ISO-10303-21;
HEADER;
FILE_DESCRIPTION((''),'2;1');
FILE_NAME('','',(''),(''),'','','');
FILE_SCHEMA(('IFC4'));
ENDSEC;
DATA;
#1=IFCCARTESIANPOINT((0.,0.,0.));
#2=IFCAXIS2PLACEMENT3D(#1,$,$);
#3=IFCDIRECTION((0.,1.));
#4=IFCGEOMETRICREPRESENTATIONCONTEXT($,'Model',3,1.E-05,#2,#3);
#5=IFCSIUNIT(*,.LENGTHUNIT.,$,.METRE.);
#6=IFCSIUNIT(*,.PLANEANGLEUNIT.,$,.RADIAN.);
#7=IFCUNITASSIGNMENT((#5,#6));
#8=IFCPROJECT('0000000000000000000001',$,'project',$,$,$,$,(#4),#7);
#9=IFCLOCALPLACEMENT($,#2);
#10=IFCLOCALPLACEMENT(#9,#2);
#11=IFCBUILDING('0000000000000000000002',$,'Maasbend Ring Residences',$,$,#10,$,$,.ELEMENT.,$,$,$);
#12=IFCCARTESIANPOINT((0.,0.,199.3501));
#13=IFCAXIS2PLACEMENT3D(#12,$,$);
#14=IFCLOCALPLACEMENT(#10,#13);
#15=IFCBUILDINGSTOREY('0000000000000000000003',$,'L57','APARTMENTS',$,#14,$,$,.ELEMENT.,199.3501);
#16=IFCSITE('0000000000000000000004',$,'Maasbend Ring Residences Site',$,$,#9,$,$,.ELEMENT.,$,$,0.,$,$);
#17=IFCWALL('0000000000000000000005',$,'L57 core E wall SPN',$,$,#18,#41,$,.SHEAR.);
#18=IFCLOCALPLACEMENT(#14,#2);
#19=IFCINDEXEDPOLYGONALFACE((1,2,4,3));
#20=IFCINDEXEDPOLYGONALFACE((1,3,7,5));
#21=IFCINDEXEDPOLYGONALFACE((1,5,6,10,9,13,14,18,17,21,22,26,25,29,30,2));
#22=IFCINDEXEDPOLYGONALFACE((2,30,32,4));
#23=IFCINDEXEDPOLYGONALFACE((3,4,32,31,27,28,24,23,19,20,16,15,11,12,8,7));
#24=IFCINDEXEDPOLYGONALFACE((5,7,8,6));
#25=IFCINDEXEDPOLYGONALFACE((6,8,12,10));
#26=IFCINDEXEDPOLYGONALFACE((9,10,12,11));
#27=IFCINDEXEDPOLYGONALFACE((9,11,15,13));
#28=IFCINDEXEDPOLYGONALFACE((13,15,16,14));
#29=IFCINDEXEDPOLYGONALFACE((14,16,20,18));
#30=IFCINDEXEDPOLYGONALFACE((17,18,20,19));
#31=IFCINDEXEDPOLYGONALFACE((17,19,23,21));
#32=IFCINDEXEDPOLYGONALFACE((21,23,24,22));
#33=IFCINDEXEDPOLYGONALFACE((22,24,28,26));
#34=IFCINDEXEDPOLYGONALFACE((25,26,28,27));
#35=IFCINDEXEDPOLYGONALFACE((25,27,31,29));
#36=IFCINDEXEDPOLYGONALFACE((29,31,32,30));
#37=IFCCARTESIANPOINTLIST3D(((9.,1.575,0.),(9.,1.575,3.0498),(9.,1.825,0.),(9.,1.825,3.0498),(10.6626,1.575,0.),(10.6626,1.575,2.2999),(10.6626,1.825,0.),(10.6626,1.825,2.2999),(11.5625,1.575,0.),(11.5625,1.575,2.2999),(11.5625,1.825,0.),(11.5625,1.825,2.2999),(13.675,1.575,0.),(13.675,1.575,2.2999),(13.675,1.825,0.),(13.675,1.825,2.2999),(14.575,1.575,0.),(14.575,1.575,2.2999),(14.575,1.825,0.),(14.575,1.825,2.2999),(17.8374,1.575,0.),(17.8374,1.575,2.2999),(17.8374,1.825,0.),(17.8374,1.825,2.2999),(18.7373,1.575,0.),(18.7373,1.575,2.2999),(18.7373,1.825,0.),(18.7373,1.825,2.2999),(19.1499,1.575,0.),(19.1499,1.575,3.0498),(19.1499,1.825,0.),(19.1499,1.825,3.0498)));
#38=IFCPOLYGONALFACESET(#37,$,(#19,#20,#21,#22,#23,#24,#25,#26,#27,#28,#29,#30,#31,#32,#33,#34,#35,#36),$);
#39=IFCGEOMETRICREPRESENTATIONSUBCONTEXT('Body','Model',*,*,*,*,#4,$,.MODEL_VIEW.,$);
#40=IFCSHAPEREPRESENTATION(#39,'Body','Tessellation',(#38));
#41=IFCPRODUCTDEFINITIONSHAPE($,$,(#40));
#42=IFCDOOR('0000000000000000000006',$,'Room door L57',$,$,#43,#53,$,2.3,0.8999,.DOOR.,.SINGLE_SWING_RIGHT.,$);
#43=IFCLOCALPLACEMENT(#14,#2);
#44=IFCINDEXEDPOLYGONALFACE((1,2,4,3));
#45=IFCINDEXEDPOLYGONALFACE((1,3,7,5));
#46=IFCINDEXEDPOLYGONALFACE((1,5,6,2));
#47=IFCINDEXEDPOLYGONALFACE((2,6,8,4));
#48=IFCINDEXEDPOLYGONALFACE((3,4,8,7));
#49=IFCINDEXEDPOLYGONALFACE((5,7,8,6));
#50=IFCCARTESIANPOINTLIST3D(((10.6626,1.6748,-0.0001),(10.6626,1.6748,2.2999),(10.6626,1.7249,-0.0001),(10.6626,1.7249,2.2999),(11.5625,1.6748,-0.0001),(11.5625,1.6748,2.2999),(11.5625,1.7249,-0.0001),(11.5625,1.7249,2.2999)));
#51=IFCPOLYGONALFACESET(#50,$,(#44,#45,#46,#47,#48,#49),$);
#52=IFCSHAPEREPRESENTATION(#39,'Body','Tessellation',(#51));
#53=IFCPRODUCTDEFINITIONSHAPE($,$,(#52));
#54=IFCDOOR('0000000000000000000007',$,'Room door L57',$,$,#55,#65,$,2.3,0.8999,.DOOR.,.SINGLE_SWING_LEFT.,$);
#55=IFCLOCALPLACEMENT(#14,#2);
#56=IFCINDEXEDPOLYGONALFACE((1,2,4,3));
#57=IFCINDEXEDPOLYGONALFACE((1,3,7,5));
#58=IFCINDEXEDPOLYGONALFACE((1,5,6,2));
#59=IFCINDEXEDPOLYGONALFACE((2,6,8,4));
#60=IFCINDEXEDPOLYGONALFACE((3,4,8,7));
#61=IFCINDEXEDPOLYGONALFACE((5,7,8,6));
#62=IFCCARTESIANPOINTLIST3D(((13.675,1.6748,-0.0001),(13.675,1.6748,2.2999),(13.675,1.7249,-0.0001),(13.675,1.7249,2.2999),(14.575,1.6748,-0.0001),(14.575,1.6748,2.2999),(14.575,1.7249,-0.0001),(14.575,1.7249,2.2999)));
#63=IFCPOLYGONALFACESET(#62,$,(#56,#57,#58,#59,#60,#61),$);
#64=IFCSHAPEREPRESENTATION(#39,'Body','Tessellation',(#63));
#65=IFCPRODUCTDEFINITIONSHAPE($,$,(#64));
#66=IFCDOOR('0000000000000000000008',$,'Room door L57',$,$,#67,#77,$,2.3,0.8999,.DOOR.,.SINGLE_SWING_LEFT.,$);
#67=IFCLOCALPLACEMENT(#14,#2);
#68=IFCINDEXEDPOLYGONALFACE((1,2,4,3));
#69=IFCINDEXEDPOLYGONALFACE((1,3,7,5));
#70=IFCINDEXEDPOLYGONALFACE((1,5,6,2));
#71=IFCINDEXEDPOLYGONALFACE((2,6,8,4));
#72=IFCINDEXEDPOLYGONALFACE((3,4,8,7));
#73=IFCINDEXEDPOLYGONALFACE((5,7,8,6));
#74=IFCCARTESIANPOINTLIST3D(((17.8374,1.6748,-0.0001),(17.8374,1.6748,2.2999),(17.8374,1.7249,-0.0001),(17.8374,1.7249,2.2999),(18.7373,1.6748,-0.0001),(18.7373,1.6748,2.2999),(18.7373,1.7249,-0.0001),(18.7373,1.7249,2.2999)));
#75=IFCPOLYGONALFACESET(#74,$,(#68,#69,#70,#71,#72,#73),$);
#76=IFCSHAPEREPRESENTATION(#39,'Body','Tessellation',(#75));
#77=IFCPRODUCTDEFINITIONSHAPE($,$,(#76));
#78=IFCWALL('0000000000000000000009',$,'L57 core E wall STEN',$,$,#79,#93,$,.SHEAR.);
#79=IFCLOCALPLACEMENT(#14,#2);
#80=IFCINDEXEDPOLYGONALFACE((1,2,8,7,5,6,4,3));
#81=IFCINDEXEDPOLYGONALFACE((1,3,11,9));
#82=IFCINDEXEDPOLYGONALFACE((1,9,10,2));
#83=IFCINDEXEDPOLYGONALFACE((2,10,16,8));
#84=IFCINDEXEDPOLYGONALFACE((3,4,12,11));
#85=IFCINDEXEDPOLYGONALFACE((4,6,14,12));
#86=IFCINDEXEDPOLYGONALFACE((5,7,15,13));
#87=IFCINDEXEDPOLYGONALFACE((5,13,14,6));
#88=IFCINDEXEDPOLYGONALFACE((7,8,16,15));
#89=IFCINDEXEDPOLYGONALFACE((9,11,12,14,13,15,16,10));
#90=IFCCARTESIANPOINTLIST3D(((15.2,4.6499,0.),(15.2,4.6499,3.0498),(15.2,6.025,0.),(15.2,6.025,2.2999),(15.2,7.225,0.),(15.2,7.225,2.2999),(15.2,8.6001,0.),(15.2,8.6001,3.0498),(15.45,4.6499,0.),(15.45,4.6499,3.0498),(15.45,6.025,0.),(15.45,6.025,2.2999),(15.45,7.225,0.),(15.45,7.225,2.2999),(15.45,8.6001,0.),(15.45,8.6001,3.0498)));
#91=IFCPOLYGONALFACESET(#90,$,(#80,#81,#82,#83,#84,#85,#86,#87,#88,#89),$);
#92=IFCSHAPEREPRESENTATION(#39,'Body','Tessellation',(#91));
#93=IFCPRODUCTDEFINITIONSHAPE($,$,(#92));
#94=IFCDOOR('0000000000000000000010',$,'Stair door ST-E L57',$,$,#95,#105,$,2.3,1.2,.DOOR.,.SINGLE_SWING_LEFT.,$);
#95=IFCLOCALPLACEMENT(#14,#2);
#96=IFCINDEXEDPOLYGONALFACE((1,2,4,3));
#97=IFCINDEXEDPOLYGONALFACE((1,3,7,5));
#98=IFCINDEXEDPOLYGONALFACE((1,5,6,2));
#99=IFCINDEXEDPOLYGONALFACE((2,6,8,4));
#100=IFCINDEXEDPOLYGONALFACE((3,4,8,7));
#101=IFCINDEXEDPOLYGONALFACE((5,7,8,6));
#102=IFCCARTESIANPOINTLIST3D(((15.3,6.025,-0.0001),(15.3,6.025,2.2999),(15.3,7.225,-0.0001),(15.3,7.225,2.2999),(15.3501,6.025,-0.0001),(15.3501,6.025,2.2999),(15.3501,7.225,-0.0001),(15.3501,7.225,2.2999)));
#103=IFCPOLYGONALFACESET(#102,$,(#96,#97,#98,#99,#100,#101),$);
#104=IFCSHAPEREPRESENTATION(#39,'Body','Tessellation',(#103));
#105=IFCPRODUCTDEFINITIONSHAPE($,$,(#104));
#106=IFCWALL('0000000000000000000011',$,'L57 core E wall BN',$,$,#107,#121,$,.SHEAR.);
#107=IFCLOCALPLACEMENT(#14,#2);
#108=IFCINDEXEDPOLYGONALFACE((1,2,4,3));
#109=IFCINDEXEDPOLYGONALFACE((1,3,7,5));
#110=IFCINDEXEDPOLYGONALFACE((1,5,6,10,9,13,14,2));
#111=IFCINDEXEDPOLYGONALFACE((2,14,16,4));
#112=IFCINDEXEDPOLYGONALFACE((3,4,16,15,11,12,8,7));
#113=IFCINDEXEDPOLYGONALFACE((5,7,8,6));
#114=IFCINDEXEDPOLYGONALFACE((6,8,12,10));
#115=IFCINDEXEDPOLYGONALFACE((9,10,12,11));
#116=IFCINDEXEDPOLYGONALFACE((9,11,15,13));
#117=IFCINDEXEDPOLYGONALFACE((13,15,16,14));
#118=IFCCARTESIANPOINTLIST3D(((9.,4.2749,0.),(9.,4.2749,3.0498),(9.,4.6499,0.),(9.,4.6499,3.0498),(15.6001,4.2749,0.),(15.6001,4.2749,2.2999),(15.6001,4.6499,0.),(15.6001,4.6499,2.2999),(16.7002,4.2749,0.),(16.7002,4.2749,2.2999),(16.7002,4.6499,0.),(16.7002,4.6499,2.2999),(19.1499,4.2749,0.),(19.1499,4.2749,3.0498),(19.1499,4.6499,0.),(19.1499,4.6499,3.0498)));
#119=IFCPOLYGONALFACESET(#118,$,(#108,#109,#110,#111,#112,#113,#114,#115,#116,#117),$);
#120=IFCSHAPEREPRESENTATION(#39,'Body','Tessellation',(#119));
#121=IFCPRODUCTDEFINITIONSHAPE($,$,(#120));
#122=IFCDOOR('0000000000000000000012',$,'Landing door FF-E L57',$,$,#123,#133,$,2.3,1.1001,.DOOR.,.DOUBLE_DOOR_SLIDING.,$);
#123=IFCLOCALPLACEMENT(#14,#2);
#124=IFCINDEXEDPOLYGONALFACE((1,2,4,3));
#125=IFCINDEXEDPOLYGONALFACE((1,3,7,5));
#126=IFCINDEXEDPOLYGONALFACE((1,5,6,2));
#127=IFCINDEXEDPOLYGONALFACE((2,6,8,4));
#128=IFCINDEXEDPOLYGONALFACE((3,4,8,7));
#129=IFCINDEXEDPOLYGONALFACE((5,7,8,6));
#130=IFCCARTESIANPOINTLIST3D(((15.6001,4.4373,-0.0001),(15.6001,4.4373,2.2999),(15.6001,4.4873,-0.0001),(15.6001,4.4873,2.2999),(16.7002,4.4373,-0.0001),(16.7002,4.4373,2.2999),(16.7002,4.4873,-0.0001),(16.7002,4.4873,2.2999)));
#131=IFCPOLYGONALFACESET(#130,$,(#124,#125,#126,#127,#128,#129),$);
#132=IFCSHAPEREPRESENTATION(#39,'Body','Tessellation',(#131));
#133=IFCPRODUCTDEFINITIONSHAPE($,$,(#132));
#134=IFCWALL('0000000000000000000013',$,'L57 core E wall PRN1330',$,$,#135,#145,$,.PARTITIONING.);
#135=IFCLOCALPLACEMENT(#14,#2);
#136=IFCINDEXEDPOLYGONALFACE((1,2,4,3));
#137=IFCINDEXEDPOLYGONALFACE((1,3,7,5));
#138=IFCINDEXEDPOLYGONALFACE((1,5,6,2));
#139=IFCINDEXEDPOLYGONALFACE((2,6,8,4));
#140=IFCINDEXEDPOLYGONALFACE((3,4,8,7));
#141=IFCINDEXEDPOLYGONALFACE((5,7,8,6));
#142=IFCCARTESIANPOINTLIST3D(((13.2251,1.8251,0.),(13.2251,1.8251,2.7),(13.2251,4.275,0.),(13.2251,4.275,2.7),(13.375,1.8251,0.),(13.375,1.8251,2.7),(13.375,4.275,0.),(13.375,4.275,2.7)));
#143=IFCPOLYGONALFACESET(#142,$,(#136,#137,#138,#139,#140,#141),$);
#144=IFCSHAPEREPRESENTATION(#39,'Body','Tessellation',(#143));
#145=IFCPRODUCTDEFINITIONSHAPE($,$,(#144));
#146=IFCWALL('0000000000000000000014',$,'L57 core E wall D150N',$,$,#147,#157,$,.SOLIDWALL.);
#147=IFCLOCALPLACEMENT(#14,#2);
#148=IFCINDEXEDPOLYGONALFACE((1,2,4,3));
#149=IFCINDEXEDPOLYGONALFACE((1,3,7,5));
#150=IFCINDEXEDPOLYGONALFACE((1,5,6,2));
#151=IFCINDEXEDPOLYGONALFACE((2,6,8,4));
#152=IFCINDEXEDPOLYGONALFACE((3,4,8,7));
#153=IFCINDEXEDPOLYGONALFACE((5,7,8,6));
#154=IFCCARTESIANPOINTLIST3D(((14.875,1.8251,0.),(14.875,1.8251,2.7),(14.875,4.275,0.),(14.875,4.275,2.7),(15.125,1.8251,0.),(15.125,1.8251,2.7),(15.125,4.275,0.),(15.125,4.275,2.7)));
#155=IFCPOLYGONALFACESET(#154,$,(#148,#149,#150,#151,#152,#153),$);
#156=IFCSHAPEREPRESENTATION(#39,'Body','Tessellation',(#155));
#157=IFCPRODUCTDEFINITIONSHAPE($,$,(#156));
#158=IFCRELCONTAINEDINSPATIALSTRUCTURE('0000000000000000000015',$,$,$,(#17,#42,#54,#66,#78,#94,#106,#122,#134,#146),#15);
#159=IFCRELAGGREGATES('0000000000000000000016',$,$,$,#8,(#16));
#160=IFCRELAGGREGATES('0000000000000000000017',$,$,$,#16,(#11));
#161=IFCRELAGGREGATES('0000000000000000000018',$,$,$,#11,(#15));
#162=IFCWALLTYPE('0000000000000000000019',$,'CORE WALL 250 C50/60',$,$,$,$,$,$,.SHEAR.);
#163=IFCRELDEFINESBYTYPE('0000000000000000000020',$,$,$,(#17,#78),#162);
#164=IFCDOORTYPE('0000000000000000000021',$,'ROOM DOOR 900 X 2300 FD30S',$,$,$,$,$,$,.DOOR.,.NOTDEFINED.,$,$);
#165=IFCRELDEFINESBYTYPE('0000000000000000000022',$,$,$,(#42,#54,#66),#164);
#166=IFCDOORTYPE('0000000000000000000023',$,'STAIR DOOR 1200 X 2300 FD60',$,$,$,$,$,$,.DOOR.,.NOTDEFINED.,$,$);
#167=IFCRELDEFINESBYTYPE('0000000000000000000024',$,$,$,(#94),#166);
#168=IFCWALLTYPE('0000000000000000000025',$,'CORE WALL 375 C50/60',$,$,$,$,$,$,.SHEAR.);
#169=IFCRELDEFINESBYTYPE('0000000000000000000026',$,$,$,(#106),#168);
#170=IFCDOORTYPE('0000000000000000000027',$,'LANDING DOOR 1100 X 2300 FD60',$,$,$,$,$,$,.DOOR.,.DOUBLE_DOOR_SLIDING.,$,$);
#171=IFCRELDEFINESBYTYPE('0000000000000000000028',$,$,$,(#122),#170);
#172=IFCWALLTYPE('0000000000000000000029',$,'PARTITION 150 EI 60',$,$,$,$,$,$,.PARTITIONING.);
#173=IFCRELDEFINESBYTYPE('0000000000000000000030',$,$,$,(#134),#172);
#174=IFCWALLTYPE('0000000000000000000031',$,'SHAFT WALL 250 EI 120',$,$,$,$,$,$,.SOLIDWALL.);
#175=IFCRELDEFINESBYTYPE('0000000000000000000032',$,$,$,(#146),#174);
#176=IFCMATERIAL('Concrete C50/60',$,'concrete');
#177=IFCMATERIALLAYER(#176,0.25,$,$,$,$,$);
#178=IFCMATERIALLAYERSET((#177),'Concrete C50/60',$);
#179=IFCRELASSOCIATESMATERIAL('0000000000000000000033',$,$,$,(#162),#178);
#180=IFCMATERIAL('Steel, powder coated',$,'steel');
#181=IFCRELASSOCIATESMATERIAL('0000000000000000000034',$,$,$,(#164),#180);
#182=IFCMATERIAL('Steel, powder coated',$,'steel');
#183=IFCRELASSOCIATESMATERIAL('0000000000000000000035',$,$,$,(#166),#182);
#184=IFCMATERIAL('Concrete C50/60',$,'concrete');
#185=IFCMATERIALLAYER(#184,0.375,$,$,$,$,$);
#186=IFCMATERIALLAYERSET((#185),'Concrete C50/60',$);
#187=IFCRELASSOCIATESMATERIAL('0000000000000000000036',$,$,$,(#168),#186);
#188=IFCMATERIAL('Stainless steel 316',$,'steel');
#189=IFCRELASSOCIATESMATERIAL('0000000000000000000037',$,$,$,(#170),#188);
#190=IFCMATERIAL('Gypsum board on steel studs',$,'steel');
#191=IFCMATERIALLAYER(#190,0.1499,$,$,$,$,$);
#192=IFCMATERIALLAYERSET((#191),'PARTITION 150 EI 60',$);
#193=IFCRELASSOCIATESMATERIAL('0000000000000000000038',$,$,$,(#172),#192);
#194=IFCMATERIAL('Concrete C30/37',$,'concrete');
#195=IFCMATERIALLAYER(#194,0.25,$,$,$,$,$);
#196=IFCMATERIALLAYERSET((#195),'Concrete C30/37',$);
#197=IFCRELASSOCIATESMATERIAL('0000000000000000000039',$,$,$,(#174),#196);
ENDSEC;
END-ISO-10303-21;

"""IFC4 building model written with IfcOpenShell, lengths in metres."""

from ifc_helpers import new_model, si_unit, direction, frame, frame_2d, origin, place, context, subcontext, project, spatial, rectangle, extrude, material, layer, layer_set, type_object, element, fill, save


model = new_model("IFC4")

# Units and contexts
model_context = context("Model", 3, precision=1e-05, world=origin(), true_north=direction((0.0, 1.0)))
body_context = subcontext(model_context, "Body", "Model", "MODEL_VIEW")
ifc_project = project(units=[si_unit("LENGTHUNIT", "METRE"), si_unit("PLANEANGLEUNIT", "RADIAN")], contexts=[model_context])

# Site, building, storey
site_placement = place(None, origin())
site = spatial("IfcSite", under=ifc_project, at=site_placement, Name="Maasbend Ring Residences Site", CompositionType="ELEMENT", RefElevation=0.0)
building_placement = place(site_placement, origin())
building = spatial("IfcBuilding", under=site, at=building_placement, Name="Maasbend Ring Residences", CompositionType="ELEMENT")
storey_placement = place(building_placement, frame((0.0, 0.0, 199.3501)))
storey = spatial("IfcBuildingStorey", under=building, at=storey_placement, Name="L57", Description="APARTMENTS", CompositionType="ELEMENT", Elevation=199.3501)

# Wall, openings, doors
ifc_material_1 = material(Name="Concrete C50/60", Category="concrete")
ifc_layer_1 = layer(ifc_material_1, 0.25)
ifc_layer_set_1 = layer_set([ifc_layer_1], Name="Concrete C50/60")
wall_type_1 = type_object("IfcWallType", Name="CORE WALL 250 C50/60", PredefinedType="SHEAR", material=ifc_layer_set_1)
wall_1_placement = place(storey_placement, frame((9.0, 1.7, 0.0), z_axis=(0.0, 0.0, 1.0), x_axis=(1.0, 0.0, 0.0)))
wall_1 = element("IfcWall", 1, at=wall_1_placement, inside=storey, type_object=wall_type_1, Name="L57 core E wall SPN", PredefinedType="SHEAR", context=body_context, shape_type="SweptSolid", body=[
    extrude(rectangle(XDim=10.1499, YDim=0.25, at=frame_2d((5.075, 0.0))), origin(), (0.0, 0.0, 1.0), 3.0498),
])
opening_1_placement = place(wall_1_placement, frame((1.6626, 0.0, 0.0)))
opening_1 = element("IfcOpeningElement", 2, at=opening_1_placement, cuts=wall_1, PredefinedType="OPENING", context=body_context, shape_type="SweptSolid", body=[
    extrude(rectangle(XDim=0.8999, YDim=2.3, at=frame_2d((0.45, 1.1499))), frame((0.0, 0.135, 0.0), z_axis=(0.0, -1.0, 0.0), x_axis=(1.0, 0.0, 0.0)), (0.0, 0.0, 1.0), 0.27),
])
opening_2_placement = place(wall_1_placement, frame((4.675, 0.0, 0.0)))
opening_2 = element("IfcOpeningElement", 3, at=opening_2_placement, cuts=wall_1, PredefinedType="OPENING", context=body_context, shape_type="SweptSolid", body=[
    extrude(rectangle(XDim=0.8999, YDim=2.3, at=frame_2d((0.45, 1.1499))), frame((0.0, 0.135, 0.0), z_axis=(0.0, -1.0, 0.0), x_axis=(1.0, 0.0, 0.0)), (0.0, 0.0, 1.0), 0.27),
])
opening_3_placement = place(wall_1_placement, frame((8.8374, 0.0, 0.0)))
opening_3 = element("IfcOpeningElement", 4, at=opening_3_placement, cuts=wall_1, PredefinedType="OPENING", context=body_context, shape_type="SweptSolid", body=[
    extrude(rectangle(XDim=0.8999, YDim=2.3, at=frame_2d((0.45, 1.1499))), frame((0.0, 0.135, 0.0), z_axis=(0.0, -1.0, 0.0), x_axis=(1.0, 0.0, 0.0)), (0.0, 0.0, 1.0), 0.27),
])
ifc_material_2 = material(Name="Steel, powder coated", Category="steel")
door_type_1 = type_object("IfcDoorType", Name="ROOM DOOR 900 X 2300 FD30S", OperationType="NOTDEFINED", PredefinedType="DOOR", material=ifc_material_2)
door_1_placement = place(opening_1_placement, origin())
door_1 = element("IfcDoor", 5, at=door_1_placement, inside=storey, type_object=door_type_1, Name="Room door L57", OperationType="SINGLE_SWING_RIGHT", OverallHeight=2.3, OverallWidth=0.8999, PredefinedType="DOOR", context=body_context, shape_type="SweptSolid", body=[
    extrude(rectangle(XDim=0.8999, YDim=2.3, at=frame_2d((0.45, 1.1499))), frame((0.0, 0.0249, 0.0), z_axis=(0.0, -1.0, 0.0), x_axis=(1.0, 0.0, 0.0)), (0.0, 0.0, 1.0), 0.05),
])
fill(opening_1, door_1)
door_2_placement = place(opening_2_placement, origin())
door_2 = element("IfcDoor", 6, at=door_2_placement, inside=storey, type_object=door_type_1, Name="Room door L57", OperationType="SINGLE_SWING_LEFT", OverallHeight=2.3, OverallWidth=0.8999, PredefinedType="DOOR", context=body_context, shape_type="SweptSolid", body=[
    extrude(rectangle(XDim=0.8999, YDim=2.3, at=frame_2d((0.45, 1.1499))), frame((0.0, 0.0249, 0.0), z_axis=(0.0, -1.0, 0.0), x_axis=(1.0, 0.0, 0.0)), (0.0, 0.0, 1.0), 0.05),
])
fill(opening_2, door_2)
door_3_placement = place(opening_3_placement, origin())
door_3 = element("IfcDoor", 7, at=door_3_placement, inside=storey, type_object=door_type_1, Name="Room door L57", OperationType="SINGLE_SWING_LEFT", OverallHeight=2.3, OverallWidth=0.8999, PredefinedType="DOOR", context=body_context, shape_type="SweptSolid", body=[
    extrude(rectangle(XDim=0.8999, YDim=2.3, at=frame_2d((0.45, 1.1499))), frame((0.0, 0.0249, 0.0), z_axis=(0.0, -1.0, 0.0), x_axis=(1.0, 0.0, 0.0)), (0.0, 0.0, 1.0), 0.05),
])
fill(opening_3, door_3)

# Walls, openings, doors
wall_2_placement = place(storey_placement, frame((15.325, 4.6499, 0.0), z_axis=(0.0, 0.0, 1.0), x_axis=(0.0, 1.0, 0.0)))
wall_2 = element("IfcWall", 8, at=wall_2_placement, inside=storey, type_object=wall_type_1, Name="L57 core E wall STEN", PredefinedType="SHEAR", context=body_context, shape_type="SweptSolid", body=[
    extrude(rectangle(XDim=3.9502, YDim=0.25, at=frame_2d((1.9751, 0.0))), origin(), (0.0, 0.0, 1.0), 3.0498),
])
opening_4_placement = place(wall_2_placement, frame((1.375, 0.0, 0.0)))
opening_4 = element("IfcOpeningElement", 9, at=opening_4_placement, cuts=wall_2, PredefinedType="OPENING", context=body_context, shape_type="SweptSolid", body=[
    extrude(rectangle(XDim=1.2, YDim=2.3, at=frame_2d((0.6001, 1.1499))), frame((0.0, 0.135, 0.0), z_axis=(0.0, -1.0, 0.0), x_axis=(1.0, 0.0, 0.0)), (0.0, 0.0, 1.0), 0.27),
])
ifc_material_3 = material(Name="Steel, powder coated", Category="steel")
door_type_2 = type_object("IfcDoorType", Name="STAIR DOOR 1200 X 2300 FD60", OperationType="NOTDEFINED", PredefinedType="DOOR", material=ifc_material_3)
door_4_placement = place(opening_4_placement, origin())
door_4 = element("IfcDoor", 10, at=door_4_placement, inside=storey, type_object=door_type_2, Name="Stair door ST-E L57", OperationType="SINGLE_SWING_LEFT", OverallHeight=2.3, OverallWidth=1.2, PredefinedType="DOOR", context=body_context, shape_type="SweptSolid", body=[
    extrude(rectangle(XDim=1.2, YDim=2.3, at=frame_2d((0.6001, 1.1499))), frame((0.0, 0.0249, 0.0), z_axis=(0.0, -1.0, 0.0), x_axis=(1.0, 0.0, 0.0)), (0.0, 0.0, 1.0), 0.05),
])
fill(opening_4, door_4)
ifc_material_4 = material(Name="Concrete C50/60", Category="concrete")
ifc_layer_2 = layer(ifc_material_4, 0.375)
ifc_layer_set_2 = layer_set([ifc_layer_2], Name="Concrete C50/60")
wall_type_2 = type_object("IfcWallType", Name="CORE WALL 375 C50/60", PredefinedType="SHEAR", material=ifc_layer_set_2)
wall_3_placement = place(storey_placement, frame((9.0, 4.4624, 0.0), z_axis=(0.0, 0.0, 1.0), x_axis=(1.0, 0.0, 0.0)))
wall_3 = element("IfcWall", 11, at=wall_3_placement, inside=storey, type_object=wall_type_2, Name="L57 core E wall BN", PredefinedType="SHEAR", context=body_context, shape_type="SweptSolid", body=[
    extrude(rectangle(XDim=10.1499, YDim=0.375, at=frame_2d((5.075, 0.0))), origin(), (0.0, 0.0, 1.0), 3.0498),
])
opening_5_placement = place(wall_3_placement, frame((6.6001, 0.0, 0.0)))
opening_5 = element("IfcOpeningElement", 12, at=opening_5_placement, cuts=wall_3, PredefinedType="OPENING", context=body_context, shape_type="SweptSolid", body=[
    extrude(rectangle(XDim=1.1001, YDim=2.3, at=frame_2d((0.55, 1.1499))), frame((0.0, 0.1975, 0.0), z_axis=(0.0, -1.0, 0.0), x_axis=(1.0, 0.0, 0.0)), (0.0, 0.0, 1.0), 0.395),
])
ifc_material_5 = material(Name="Stainless steel 316", Category="steel")
door_type_3 = type_object("IfcDoorType", Name="LANDING DOOR 1100 X 2300 FD60", OperationType="DOUBLE_DOOR_SLIDING", PredefinedType="DOOR", material=ifc_material_5)
door_5_placement = place(opening_5_placement, origin())
door_5 = element("IfcDoor", 13, at=door_5_placement, inside=storey, type_object=door_type_3, Name="Landing door FF-E L57", OperationType="DOUBLE_DOOR_SLIDING", OverallHeight=2.3, OverallWidth=1.1001, PredefinedType="DOOR", context=body_context, shape_type="SweptSolid", body=[
    extrude(rectangle(XDim=1.1001, YDim=2.3, at=frame_2d((0.55, 1.1499))), frame((0.0, 0.0249, 0.0), z_axis=(0.0, -1.0, 0.0), x_axis=(1.0, 0.0, 0.0)), (0.0, 0.0, 1.0), 0.05),
])
fill(opening_5, door_5)

# Walls
ifc_material_6 = material(Name="Gypsum board on steel studs", Category="steel")
ifc_layer_3 = layer(ifc_material_6, 0.1499)
ifc_layer_set_3 = layer_set([ifc_layer_3], Name="PARTITION 150 EI 60")
wall_type_3 = type_object("IfcWallType", Name="PARTITION 150 EI 60", PredefinedType="PARTITIONING", material=ifc_layer_set_3)
wall_4_placement = place(storey_placement, frame((13.3, 1.825, 0.0), z_axis=(0.0, 0.0, 1.0), x_axis=(0.0, 1.0, 0.0)))
element("IfcWall", 14, at=wall_4_placement, inside=storey, type_object=wall_type_3, Name="L57 core E wall PRN1330", PredefinedType="PARTITIONING", context=body_context, shape_type="SweptSolid", body=[
    extrude(rectangle(XDim=2.45, YDim=0.1499, at=frame_2d((1.2251, 0.0))), origin(), (0.0, 0.0, 1.0), 2.7),
])
ifc_material_7 = material(Name="Concrete C30/37", Category="concrete")
ifc_layer_4 = layer(ifc_material_7, 0.25)
ifc_layer_set_4 = layer_set([ifc_layer_4], Name="Concrete C30/37")
wall_type_4 = type_object("IfcWallType", Name="SHAFT WALL 250 EI 120", PredefinedType="SOLIDWALL", material=ifc_layer_set_4)
wall_5_placement = place(storey_placement, frame((15.0, 1.825, 0.0), z_axis=(0.0, 0.0, 1.0), x_axis=(0.0, 1.0, 0.0)))
element("IfcWall", 15, at=wall_5_placement, inside=storey, type_object=wall_type_4, Name="L57 core E wall D150N", PredefinedType="SOLIDWALL", context=body_context, shape_type="SweptSolid", body=[
    extrude(rectangle(XDim=2.45, YDim=0.25, at=frame_2d((1.2251, 0.0))), origin(), (0.0, 0.0, 1.0), 2.7),
])

save(model, "model.ifc")
